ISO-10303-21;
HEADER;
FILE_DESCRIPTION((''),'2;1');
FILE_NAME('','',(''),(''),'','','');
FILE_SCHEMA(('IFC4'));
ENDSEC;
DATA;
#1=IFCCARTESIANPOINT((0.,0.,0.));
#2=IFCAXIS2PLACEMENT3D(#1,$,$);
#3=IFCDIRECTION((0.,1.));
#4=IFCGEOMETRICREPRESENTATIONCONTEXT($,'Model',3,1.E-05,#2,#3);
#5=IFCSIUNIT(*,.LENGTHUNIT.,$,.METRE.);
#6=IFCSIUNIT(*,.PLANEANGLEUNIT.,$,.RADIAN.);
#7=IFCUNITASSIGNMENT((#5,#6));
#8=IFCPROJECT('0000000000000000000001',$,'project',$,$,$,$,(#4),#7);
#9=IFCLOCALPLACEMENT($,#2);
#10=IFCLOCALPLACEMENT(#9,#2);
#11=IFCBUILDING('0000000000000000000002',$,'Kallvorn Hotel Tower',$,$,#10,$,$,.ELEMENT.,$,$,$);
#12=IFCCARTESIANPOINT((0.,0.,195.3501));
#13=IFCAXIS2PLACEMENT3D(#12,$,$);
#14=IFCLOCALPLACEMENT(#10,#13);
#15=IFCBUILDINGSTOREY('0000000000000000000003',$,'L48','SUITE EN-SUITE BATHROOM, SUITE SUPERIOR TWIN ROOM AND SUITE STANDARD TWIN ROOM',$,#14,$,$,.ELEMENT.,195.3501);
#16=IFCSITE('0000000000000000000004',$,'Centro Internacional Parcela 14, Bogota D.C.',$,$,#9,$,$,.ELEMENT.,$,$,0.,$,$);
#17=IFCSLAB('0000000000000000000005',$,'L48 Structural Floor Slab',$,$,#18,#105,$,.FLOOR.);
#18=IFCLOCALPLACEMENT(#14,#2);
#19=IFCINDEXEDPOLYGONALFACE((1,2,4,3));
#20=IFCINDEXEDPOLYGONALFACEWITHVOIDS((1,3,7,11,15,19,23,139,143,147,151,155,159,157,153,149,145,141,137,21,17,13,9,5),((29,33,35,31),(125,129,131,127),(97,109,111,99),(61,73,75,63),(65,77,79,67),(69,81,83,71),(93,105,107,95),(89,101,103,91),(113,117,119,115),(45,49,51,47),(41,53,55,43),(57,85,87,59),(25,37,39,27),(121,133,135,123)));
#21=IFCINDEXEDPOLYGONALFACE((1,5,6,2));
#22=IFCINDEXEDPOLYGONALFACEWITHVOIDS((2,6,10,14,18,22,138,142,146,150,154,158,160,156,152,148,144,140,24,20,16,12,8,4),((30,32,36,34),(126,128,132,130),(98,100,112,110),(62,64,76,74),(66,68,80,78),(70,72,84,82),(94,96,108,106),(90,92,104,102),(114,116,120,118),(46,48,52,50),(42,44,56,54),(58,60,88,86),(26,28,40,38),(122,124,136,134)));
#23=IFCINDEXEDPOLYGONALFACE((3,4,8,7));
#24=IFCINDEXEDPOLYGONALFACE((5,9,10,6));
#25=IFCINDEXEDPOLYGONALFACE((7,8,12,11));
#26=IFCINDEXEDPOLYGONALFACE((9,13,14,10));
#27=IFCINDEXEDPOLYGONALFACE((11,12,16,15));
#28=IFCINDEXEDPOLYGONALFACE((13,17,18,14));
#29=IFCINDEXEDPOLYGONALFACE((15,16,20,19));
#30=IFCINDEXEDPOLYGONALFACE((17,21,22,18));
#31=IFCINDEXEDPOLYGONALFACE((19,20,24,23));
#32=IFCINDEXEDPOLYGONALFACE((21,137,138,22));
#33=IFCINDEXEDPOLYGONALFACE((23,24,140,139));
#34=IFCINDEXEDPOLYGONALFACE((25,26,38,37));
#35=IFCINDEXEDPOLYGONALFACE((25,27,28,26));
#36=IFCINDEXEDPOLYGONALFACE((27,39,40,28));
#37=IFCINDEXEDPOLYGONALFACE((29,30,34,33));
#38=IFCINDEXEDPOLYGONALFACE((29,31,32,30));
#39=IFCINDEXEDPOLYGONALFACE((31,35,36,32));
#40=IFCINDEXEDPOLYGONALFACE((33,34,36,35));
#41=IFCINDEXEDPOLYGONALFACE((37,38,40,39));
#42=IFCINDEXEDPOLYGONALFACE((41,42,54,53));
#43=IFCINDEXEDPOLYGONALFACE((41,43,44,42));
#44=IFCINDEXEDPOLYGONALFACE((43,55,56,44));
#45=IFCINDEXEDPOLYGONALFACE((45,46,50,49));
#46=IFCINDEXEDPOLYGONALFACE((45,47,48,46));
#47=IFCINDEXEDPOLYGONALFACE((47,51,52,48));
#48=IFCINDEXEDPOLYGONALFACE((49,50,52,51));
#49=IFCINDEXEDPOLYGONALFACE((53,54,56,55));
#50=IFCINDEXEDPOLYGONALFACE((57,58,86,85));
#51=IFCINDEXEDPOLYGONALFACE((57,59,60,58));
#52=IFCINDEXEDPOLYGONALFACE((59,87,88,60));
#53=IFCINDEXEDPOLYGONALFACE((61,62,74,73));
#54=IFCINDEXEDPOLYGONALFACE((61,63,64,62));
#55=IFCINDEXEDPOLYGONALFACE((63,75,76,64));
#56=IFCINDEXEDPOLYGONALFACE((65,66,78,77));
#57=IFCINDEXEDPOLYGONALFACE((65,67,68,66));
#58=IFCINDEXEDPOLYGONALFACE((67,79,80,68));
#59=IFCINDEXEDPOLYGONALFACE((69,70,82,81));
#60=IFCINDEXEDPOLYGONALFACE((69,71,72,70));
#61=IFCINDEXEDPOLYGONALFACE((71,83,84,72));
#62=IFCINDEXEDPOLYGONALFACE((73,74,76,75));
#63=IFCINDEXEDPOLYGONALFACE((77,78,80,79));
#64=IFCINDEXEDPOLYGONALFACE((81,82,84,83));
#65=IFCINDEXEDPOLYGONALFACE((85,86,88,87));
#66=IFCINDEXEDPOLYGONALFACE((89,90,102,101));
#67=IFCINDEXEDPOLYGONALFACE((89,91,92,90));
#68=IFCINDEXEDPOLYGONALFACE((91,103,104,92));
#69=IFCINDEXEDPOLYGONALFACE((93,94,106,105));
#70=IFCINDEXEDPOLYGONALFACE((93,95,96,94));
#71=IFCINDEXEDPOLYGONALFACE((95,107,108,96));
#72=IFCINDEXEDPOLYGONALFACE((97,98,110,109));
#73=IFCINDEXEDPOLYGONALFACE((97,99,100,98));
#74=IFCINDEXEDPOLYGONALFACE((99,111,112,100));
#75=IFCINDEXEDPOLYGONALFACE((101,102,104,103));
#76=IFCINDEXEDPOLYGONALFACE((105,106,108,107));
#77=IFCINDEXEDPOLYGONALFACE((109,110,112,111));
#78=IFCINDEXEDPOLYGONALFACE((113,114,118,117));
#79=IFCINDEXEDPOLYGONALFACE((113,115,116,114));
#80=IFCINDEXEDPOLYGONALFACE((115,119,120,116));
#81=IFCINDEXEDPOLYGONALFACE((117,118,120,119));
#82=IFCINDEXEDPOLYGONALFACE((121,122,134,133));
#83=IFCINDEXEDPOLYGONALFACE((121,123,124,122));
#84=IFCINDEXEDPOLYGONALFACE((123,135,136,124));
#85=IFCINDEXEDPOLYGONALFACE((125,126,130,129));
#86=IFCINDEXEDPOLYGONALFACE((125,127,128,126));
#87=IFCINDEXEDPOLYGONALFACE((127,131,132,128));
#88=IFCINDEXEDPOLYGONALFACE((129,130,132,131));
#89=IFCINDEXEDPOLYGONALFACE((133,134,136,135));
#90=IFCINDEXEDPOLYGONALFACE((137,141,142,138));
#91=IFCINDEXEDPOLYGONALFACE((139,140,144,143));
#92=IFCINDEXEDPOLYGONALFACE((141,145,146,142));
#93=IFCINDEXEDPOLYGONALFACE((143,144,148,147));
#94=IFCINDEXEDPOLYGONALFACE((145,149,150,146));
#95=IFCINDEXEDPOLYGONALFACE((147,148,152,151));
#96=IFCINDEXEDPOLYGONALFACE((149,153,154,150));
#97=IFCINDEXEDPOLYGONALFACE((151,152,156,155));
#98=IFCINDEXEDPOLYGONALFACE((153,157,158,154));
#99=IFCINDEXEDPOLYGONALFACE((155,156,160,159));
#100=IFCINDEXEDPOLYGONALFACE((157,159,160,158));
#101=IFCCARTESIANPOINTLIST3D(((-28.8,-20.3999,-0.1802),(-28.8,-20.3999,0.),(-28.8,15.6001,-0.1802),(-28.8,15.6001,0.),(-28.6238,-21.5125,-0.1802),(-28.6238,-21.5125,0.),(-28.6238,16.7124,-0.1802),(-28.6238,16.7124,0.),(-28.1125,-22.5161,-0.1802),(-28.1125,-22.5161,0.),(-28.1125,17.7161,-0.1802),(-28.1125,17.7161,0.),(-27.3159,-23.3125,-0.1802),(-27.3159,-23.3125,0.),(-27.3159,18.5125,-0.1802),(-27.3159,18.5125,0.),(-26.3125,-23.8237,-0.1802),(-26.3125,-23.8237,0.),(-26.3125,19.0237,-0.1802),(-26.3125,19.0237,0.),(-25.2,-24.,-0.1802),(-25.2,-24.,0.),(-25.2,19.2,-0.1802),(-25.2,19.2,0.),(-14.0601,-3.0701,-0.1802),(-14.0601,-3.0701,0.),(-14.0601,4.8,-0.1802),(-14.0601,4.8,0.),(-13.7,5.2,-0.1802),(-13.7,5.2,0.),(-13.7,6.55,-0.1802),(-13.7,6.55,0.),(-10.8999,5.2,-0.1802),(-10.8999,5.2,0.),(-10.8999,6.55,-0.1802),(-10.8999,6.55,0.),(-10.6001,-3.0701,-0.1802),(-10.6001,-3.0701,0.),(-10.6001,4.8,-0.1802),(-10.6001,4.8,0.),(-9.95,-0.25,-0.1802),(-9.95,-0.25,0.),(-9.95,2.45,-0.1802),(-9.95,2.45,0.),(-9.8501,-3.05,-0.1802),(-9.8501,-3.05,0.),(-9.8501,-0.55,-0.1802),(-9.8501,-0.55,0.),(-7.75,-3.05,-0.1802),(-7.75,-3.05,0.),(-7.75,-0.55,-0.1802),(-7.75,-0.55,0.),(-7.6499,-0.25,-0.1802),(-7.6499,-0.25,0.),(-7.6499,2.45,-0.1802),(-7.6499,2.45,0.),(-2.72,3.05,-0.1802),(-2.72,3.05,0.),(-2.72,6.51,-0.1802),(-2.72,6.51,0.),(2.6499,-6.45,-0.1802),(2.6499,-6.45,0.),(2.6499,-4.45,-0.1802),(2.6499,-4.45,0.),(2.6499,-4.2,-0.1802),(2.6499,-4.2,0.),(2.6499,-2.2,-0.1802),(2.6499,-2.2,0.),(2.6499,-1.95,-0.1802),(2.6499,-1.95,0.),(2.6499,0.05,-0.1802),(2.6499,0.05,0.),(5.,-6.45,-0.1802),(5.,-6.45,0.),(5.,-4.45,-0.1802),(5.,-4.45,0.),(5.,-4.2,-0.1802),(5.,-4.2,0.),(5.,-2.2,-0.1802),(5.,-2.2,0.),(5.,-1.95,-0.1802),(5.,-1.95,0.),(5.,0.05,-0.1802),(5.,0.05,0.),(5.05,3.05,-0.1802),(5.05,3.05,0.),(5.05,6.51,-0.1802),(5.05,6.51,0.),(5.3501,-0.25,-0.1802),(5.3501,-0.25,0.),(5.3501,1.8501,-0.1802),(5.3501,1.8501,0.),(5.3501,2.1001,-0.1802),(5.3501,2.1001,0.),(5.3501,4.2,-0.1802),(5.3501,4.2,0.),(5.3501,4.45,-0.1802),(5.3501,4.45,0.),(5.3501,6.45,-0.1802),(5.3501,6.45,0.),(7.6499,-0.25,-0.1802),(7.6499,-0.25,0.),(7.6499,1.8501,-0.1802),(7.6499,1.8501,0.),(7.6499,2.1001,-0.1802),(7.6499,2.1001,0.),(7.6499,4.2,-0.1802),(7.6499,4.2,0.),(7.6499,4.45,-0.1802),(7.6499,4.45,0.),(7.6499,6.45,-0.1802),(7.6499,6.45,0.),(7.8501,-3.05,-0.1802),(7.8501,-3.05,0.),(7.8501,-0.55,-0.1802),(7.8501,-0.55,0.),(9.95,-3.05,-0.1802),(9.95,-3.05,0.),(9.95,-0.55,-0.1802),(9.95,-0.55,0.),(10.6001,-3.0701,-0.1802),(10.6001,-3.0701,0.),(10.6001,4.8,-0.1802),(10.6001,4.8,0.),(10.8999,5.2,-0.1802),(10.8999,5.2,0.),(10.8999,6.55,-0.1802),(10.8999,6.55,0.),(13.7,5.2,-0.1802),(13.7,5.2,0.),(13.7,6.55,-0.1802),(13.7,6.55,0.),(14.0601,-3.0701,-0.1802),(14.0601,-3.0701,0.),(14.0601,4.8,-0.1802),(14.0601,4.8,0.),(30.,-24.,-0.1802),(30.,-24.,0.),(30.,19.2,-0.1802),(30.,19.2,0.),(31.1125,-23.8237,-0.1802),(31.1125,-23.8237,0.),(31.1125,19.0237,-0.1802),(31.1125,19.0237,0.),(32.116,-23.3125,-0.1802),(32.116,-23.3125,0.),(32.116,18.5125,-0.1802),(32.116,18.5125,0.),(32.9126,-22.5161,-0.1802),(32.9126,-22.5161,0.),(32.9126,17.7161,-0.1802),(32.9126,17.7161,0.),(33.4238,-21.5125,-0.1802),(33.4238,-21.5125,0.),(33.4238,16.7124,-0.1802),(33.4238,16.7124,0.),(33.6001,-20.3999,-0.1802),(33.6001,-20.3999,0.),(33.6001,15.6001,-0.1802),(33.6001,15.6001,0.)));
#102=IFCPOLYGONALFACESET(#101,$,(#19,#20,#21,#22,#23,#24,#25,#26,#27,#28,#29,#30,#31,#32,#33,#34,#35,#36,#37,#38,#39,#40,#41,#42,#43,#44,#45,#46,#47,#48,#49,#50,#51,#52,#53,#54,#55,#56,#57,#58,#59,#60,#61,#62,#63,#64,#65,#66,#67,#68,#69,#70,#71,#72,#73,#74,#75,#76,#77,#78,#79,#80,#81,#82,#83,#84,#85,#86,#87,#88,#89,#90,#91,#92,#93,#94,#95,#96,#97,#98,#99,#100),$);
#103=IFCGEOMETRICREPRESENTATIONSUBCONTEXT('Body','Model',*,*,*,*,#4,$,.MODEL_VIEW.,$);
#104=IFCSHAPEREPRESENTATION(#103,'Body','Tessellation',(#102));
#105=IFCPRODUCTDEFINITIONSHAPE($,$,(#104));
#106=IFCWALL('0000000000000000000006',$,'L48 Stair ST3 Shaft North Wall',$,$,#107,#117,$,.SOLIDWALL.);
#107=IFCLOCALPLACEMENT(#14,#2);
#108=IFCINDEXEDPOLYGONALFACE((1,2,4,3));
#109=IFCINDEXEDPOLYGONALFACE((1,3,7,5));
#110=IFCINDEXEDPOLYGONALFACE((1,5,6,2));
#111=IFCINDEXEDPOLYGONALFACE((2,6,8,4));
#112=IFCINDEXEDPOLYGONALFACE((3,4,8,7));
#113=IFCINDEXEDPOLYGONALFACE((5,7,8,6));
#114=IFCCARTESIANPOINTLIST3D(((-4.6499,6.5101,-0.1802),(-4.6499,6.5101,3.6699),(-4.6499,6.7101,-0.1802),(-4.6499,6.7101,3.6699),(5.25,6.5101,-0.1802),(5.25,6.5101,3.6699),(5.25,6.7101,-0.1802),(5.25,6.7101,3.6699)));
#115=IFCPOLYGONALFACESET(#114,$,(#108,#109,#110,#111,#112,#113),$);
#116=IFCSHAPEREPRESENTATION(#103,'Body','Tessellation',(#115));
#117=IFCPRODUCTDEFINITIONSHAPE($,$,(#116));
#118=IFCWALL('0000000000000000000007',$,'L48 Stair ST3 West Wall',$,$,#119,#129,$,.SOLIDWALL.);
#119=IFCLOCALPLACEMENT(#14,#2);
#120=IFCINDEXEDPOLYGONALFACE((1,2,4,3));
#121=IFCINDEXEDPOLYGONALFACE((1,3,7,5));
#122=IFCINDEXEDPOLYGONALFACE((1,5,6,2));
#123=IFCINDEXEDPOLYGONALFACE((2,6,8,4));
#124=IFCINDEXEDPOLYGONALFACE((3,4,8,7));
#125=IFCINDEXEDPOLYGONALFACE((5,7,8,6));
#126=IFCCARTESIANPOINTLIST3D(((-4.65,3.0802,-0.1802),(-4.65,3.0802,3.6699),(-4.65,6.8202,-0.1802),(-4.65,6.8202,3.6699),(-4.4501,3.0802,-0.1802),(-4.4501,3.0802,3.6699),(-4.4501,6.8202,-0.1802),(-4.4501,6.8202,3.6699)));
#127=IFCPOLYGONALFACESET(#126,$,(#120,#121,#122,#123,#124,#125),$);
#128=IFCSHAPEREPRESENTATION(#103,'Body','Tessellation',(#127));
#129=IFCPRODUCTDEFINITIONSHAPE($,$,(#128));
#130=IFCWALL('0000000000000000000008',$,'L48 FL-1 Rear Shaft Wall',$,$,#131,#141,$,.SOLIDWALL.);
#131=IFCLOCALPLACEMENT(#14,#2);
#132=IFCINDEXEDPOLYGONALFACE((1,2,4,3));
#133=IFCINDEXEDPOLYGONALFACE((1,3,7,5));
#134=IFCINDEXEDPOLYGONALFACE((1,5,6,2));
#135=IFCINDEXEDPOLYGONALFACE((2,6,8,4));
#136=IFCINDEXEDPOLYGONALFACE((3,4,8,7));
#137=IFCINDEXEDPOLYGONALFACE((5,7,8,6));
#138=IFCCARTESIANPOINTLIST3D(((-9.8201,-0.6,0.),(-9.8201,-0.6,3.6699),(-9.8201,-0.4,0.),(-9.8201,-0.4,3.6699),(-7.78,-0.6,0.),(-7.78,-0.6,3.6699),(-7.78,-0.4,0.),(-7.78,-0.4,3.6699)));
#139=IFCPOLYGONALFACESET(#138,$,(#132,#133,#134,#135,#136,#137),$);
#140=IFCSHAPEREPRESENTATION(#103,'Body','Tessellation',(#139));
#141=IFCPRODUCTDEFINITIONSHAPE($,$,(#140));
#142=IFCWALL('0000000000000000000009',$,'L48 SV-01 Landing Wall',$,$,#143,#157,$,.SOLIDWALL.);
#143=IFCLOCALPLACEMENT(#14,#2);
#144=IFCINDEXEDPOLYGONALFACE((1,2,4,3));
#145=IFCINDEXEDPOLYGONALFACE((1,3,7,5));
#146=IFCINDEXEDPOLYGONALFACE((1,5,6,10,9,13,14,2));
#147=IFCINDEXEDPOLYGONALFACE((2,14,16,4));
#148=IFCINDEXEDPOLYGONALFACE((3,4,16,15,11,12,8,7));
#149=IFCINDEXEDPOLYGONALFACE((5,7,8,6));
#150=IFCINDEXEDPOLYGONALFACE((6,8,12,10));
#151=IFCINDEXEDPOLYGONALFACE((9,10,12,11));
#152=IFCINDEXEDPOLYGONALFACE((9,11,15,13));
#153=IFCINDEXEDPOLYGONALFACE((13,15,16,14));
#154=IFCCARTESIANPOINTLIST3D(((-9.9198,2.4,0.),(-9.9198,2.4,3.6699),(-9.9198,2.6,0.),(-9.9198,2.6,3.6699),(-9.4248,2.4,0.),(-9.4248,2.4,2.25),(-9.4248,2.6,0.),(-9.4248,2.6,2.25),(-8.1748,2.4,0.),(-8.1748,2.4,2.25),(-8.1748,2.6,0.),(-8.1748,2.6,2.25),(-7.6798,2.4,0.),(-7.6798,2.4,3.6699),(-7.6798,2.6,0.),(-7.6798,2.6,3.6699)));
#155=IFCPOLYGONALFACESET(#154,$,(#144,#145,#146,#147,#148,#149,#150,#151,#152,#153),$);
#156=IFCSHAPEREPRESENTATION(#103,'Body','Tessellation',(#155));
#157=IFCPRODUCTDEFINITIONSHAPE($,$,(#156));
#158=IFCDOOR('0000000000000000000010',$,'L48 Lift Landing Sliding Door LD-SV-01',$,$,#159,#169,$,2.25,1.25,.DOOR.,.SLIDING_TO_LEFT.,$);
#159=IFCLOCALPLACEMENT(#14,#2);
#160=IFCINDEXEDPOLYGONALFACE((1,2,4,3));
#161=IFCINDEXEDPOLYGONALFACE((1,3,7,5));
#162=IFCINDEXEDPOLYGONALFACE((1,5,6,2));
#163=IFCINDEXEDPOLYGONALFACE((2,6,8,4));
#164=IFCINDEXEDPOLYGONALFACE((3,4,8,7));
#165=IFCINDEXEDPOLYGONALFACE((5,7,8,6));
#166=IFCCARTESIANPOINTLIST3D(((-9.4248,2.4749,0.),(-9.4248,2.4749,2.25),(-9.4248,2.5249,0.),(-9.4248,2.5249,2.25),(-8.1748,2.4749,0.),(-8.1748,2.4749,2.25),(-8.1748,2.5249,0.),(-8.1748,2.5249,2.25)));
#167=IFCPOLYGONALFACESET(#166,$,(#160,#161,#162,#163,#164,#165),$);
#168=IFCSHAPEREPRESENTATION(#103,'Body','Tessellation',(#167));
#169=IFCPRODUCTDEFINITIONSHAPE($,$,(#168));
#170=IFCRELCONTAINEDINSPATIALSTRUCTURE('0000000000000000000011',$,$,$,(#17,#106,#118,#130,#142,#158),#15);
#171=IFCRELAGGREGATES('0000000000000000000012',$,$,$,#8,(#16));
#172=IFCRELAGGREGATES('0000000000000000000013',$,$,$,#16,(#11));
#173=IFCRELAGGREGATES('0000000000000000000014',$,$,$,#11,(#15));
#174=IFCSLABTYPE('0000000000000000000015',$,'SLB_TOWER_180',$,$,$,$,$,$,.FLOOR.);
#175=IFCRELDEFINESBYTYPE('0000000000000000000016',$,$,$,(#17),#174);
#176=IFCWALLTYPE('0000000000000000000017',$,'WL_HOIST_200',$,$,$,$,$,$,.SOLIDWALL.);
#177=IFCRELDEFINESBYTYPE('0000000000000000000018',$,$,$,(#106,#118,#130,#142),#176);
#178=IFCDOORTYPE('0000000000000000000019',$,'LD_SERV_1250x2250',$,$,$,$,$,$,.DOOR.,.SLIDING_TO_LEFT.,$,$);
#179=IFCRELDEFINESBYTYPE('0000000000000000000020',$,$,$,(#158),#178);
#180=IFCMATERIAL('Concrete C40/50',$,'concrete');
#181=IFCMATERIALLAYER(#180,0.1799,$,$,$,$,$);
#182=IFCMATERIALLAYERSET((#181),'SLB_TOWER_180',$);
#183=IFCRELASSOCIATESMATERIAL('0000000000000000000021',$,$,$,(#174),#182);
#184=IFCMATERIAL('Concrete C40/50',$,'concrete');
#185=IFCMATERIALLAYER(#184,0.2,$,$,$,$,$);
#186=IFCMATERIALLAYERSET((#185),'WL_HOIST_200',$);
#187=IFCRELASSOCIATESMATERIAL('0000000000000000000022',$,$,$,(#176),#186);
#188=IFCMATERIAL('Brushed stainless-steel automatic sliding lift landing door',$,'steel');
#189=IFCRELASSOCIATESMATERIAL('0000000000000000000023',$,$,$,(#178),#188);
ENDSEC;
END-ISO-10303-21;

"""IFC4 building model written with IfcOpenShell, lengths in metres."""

from ifc_helpers import new_model, si_unit, direction, frame, frame_2d, origin, place, context, subcontext, project, spatial, polyline, rectangle, outline, extrude, material, layer, layer_set, type_object, element, fill, save


model = new_model("IFC4")

# Units and contexts
model_context = context("Model", 3, precision=1e-05, world=origin(), true_north=direction((0.0, 1.0)))
body_context = subcontext(model_context, "Body", "Model", "MODEL_VIEW")
ifc_project = project(units=[si_unit("LENGTHUNIT", "METRE"), si_unit("PLANEANGLEUNIT", "RADIAN")], contexts=[model_context])

# Site, building, storey
site_placement = place(None, origin())
site = spatial("IfcSite", under=ifc_project, at=site_placement, Name="Centro Internacional Parcela 14, Bogota D.C.", CompositionType="ELEMENT", RefElevation=0.0)
building_placement = place(site_placement, origin())
building = spatial("IfcBuilding", under=site, at=building_placement, Name="Kallvorn Hotel Tower", CompositionType="ELEMENT")
storey_placement = place(building_placement, frame((0.0, 0.0, 195.3501)))
storey = spatial("IfcBuildingStorey", under=building, at=storey_placement, Name="L48", Description="SUITE EN-SUITE BATHROOM, SUITE SUPERIOR TWIN ROOM AND SUITE STANDARD TWIN ROOM", CompositionType="ELEMENT", Elevation=195.3501)

# Slab
ifc_material_1 = material(Name="Concrete C40/50", Category="concrete")
ifc_layer_1 = layer(ifc_material_1, 0.1799)
ifc_layer_set_1 = layer_set([ifc_layer_1], Name="SLB_TOWER_180")
slab_type_1 = type_object("IfcSlabType", Name="SLB_TOWER_180", PredefinedType="FLOOR", material=ifc_layer_set_1)
slab_1_placement = place(storey_placement, frame((0.0, 0.0, -0.1802)))
element("IfcSlab", 1, at=slab_1_placement, inside=storey, type_object=slab_type_1, Name="L48 Structural Floor Slab", PredefinedType="FLOOR", context=body_context, shape_type="SweptSolid", body=[
    extrude(outline(polyline([(30.0, -24.0), (31.1125, -23.8237), (32.116, -23.3125), (32.9126, -22.5161), (33.4238, -21.5125), (33.6001, -20.3999), (33.6001, 15.6001), (33.4238, 16.7124), (32.9126, 17.7161), (32.116, 18.5125), (31.1125, 19.0237), (30.0, 19.2), (-25.2, 19.2), (-26.3125, 19.0237), (-27.3159, 18.5125), (-28.1125, 17.7161), (-28.6238, 16.7124), (-28.8, 15.6001), (-28.8, -20.3999), (-28.6238, -21.5125), (-28.1125, -22.5161), (-27.3159, -23.3125), (-26.3125, -23.8237), (-25.2, -24.0), (30.0, -24.0)]), holes=[polyline([(-10.6001, -3.0701), (-10.6001, 4.8), (-14.0601, 4.8), (-14.0601, -3.0701), (-10.6001, -3.0701)]), polyline([(14.0601, -3.0701), (14.0601, 4.8), (10.6001, 4.8), (10.6001, -3.0701), (14.0601, -3.0701)]), polyline([(-2.72, 3.05), (5.05, 3.05), (5.05, 6.51), (-2.72, 6.51), (-2.72, 3.05)]), polyline([(2.6499, -6.45), (5.0, -6.45), (5.0, -4.45), (2.6499, -4.45), (2.6499, -6.45)]), polyline([(2.6499, -4.2), (5.0, -4.2), (5.0, -2.2), (2.6499, -2.2), (2.6499, -4.2)]), polyline([(2.6499, -1.95), (5.0, -1.95), (5.0, 0.05), (2.6499, 0.05), (2.6499, -1.95)]), polyline([(5.3501, -0.25), (7.6499, -0.25), (7.6499, 1.8501), (5.3501, 1.8501), (5.3501, -0.25)]), polyline([(5.3501, 2.1001), (7.6499, 2.1001), (7.6499, 4.2), (5.3501, 4.2), (5.3501, 2.1001)]), polyline([(5.3501, 4.45), (7.6499, 4.45), (7.6499, 6.45), (5.3501, 6.45), (5.3501, 4.45)]), polyline([(-9.8501, -3.05), (-7.75, -3.05), (-7.75, -0.55), (-9.8501, -0.55), (-9.8501, -3.05)]), polyline([(7.8501, -3.05), (9.95, -3.05), (9.95, -0.55), (7.8501, -0.55), (7.8501, -3.05)]), polyline([(-9.95, -0.25), (-7.6499, -0.25), (-7.6499, 2.45), (-9.95, 2.45), (-9.95, -0.25)]), polyline([(-13.7, 5.2), (-10.8999, 5.2), (-10.8999, 6.55), (-13.7, 6.55), (-13.7, 5.2)]), polyline([(10.8999, 5.2), (13.7, 5.2), (13.7, 6.55), (10.8999, 6.55), (10.8999, 5.2)])]), origin(), (0.0, 0.0, 1.0), 0.1802),
])

# Walls
ifc_material_2 = material(Name="Concrete C40/50", Category="concrete")
ifc_layer_2 = layer(ifc_material_2, 0.2)
ifc_layer_set_2 = layer_set([ifc_layer_2], Name="WL_HOIST_200")
wall_type_1 = type_object("IfcWallType", Name="WL_HOIST_200", PredefinedType="SOLIDWALL", material=ifc_layer_set_2)
wall_1_placement = place(storey_placement, frame((-4.6499, 6.6101, -0.1802), z_axis=(0.0, 0.0, 1.0), x_axis=(1.0, 0.0, 0.0)))
element("IfcWall", 2, at=wall_1_placement, inside=storey, type_object=wall_type_1, Name="L48 Stair ST3 Shaft North Wall", PredefinedType="SOLIDWALL", context=body_context, shape_type="SweptSolid", body=[
    extrude(rectangle(XDim=9.8999, YDim=0.2, at=frame_2d((4.95, 0.0))), origin(), (0.0, 0.0, 1.0), 3.8501),
])
wall_2_placement = place(storey_placement, frame((-4.55, 3.0801, -0.1802), z_axis=(0.0, 0.0, 1.0), x_axis=(0.0, 1.0, 0.0)))
element("IfcWall", 3, at=wall_2_placement, inside=storey, type_object=wall_type_1, Name="L48 Stair ST3 West Wall", PredefinedType="SOLIDWALL", context=body_context, shape_type="SweptSolid", body=[
    extrude(rectangle(XDim=3.74, YDim=0.2, at=frame_2d((1.8701, 0.0))), origin(), (0.0, 0.0, 1.0), 3.8501),
])
wall_3_placement = place(storey_placement, frame((-9.8201, -0.5, 0.0), z_axis=(0.0, 0.0, 1.0), x_axis=(1.0, 0.0, 0.0)))
element("IfcWall", 4, at=wall_3_placement, inside=storey, type_object=wall_type_1, Name="L48 FL-1 Rear Shaft Wall", PredefinedType="SOLIDWALL", context=body_context, shape_type="SweptSolid", body=[
    extrude(rectangle(XDim=2.04, YDim=0.2, at=frame_2d((1.02, 0.0))), origin(), (0.0, 0.0, 1.0), 3.6699),
])

# Wall, opening, door
wall_4_placement = place(storey_placement, frame((-9.9199, 2.5, 0.0), z_axis=(0.0, 0.0, 1.0), x_axis=(1.0, 0.0, 0.0)))
wall_4 = element("IfcWall", 5, at=wall_4_placement, inside=storey, type_object=wall_type_1, Name="L48 SV-01 Landing Wall", PredefinedType="SOLIDWALL", context=body_context, shape_type="SweptSolid", body=[
    extrude(rectangle(XDim=2.24, YDim=0.2, at=frame_2d((1.1201, 0.0))), origin(), (0.0, 0.0, 1.0), 3.6699),
])
opening_1_placement = place(wall_4_placement, frame((0.4951, 0.0, 0.0)))
opening_1 = element("IfcOpeningElement", 6, at=opening_1_placement, cuts=wall_4, PredefinedType="OPENING", context=body_context, shape_type="SweptSolid", body=[
    extrude(rectangle(XDim=1.25, YDim=2.25, at=frame_2d((0.625, 1.125))), frame((0.0, 0.115, 0.0), z_axis=(0.0, -1.0, 0.0), x_axis=(1.0, 0.0, 0.0)), (0.0, 0.0, 1.0), 0.23),
])
ifc_material_3 = material(Name="Brushed stainless-steel automatic sliding lift landing door", Category="steel")
door_type_1 = type_object("IfcDoorType", Name="LD_SERV_1250x2250", OperationType="SLIDING_TO_LEFT", PredefinedType="DOOR", material=ifc_material_3)
door_1_placement = place(opening_1_placement, origin())
door_1 = element("IfcDoor", 7, at=door_1_placement, inside=storey, type_object=door_type_1, Name="L48 Lift Landing Sliding Door LD-SV-01", OperationType="SLIDING_TO_LEFT", OverallHeight=2.25, OverallWidth=1.25, PredefinedType="DOOR", context=body_context, shape_type="SweptSolid", body=[
    extrude(rectangle(XDim=1.25, YDim=2.25, at=frame_2d((0.625, 1.125))), frame((0.0, 0.0249, 0.0), z_axis=(0.0, -1.0, 0.0), x_axis=(1.0, 0.0, 0.0)), (0.0, 0.0, 1.0), 0.05),
])
fill(opening_1, door_1)

save(model, "model.ifc")
